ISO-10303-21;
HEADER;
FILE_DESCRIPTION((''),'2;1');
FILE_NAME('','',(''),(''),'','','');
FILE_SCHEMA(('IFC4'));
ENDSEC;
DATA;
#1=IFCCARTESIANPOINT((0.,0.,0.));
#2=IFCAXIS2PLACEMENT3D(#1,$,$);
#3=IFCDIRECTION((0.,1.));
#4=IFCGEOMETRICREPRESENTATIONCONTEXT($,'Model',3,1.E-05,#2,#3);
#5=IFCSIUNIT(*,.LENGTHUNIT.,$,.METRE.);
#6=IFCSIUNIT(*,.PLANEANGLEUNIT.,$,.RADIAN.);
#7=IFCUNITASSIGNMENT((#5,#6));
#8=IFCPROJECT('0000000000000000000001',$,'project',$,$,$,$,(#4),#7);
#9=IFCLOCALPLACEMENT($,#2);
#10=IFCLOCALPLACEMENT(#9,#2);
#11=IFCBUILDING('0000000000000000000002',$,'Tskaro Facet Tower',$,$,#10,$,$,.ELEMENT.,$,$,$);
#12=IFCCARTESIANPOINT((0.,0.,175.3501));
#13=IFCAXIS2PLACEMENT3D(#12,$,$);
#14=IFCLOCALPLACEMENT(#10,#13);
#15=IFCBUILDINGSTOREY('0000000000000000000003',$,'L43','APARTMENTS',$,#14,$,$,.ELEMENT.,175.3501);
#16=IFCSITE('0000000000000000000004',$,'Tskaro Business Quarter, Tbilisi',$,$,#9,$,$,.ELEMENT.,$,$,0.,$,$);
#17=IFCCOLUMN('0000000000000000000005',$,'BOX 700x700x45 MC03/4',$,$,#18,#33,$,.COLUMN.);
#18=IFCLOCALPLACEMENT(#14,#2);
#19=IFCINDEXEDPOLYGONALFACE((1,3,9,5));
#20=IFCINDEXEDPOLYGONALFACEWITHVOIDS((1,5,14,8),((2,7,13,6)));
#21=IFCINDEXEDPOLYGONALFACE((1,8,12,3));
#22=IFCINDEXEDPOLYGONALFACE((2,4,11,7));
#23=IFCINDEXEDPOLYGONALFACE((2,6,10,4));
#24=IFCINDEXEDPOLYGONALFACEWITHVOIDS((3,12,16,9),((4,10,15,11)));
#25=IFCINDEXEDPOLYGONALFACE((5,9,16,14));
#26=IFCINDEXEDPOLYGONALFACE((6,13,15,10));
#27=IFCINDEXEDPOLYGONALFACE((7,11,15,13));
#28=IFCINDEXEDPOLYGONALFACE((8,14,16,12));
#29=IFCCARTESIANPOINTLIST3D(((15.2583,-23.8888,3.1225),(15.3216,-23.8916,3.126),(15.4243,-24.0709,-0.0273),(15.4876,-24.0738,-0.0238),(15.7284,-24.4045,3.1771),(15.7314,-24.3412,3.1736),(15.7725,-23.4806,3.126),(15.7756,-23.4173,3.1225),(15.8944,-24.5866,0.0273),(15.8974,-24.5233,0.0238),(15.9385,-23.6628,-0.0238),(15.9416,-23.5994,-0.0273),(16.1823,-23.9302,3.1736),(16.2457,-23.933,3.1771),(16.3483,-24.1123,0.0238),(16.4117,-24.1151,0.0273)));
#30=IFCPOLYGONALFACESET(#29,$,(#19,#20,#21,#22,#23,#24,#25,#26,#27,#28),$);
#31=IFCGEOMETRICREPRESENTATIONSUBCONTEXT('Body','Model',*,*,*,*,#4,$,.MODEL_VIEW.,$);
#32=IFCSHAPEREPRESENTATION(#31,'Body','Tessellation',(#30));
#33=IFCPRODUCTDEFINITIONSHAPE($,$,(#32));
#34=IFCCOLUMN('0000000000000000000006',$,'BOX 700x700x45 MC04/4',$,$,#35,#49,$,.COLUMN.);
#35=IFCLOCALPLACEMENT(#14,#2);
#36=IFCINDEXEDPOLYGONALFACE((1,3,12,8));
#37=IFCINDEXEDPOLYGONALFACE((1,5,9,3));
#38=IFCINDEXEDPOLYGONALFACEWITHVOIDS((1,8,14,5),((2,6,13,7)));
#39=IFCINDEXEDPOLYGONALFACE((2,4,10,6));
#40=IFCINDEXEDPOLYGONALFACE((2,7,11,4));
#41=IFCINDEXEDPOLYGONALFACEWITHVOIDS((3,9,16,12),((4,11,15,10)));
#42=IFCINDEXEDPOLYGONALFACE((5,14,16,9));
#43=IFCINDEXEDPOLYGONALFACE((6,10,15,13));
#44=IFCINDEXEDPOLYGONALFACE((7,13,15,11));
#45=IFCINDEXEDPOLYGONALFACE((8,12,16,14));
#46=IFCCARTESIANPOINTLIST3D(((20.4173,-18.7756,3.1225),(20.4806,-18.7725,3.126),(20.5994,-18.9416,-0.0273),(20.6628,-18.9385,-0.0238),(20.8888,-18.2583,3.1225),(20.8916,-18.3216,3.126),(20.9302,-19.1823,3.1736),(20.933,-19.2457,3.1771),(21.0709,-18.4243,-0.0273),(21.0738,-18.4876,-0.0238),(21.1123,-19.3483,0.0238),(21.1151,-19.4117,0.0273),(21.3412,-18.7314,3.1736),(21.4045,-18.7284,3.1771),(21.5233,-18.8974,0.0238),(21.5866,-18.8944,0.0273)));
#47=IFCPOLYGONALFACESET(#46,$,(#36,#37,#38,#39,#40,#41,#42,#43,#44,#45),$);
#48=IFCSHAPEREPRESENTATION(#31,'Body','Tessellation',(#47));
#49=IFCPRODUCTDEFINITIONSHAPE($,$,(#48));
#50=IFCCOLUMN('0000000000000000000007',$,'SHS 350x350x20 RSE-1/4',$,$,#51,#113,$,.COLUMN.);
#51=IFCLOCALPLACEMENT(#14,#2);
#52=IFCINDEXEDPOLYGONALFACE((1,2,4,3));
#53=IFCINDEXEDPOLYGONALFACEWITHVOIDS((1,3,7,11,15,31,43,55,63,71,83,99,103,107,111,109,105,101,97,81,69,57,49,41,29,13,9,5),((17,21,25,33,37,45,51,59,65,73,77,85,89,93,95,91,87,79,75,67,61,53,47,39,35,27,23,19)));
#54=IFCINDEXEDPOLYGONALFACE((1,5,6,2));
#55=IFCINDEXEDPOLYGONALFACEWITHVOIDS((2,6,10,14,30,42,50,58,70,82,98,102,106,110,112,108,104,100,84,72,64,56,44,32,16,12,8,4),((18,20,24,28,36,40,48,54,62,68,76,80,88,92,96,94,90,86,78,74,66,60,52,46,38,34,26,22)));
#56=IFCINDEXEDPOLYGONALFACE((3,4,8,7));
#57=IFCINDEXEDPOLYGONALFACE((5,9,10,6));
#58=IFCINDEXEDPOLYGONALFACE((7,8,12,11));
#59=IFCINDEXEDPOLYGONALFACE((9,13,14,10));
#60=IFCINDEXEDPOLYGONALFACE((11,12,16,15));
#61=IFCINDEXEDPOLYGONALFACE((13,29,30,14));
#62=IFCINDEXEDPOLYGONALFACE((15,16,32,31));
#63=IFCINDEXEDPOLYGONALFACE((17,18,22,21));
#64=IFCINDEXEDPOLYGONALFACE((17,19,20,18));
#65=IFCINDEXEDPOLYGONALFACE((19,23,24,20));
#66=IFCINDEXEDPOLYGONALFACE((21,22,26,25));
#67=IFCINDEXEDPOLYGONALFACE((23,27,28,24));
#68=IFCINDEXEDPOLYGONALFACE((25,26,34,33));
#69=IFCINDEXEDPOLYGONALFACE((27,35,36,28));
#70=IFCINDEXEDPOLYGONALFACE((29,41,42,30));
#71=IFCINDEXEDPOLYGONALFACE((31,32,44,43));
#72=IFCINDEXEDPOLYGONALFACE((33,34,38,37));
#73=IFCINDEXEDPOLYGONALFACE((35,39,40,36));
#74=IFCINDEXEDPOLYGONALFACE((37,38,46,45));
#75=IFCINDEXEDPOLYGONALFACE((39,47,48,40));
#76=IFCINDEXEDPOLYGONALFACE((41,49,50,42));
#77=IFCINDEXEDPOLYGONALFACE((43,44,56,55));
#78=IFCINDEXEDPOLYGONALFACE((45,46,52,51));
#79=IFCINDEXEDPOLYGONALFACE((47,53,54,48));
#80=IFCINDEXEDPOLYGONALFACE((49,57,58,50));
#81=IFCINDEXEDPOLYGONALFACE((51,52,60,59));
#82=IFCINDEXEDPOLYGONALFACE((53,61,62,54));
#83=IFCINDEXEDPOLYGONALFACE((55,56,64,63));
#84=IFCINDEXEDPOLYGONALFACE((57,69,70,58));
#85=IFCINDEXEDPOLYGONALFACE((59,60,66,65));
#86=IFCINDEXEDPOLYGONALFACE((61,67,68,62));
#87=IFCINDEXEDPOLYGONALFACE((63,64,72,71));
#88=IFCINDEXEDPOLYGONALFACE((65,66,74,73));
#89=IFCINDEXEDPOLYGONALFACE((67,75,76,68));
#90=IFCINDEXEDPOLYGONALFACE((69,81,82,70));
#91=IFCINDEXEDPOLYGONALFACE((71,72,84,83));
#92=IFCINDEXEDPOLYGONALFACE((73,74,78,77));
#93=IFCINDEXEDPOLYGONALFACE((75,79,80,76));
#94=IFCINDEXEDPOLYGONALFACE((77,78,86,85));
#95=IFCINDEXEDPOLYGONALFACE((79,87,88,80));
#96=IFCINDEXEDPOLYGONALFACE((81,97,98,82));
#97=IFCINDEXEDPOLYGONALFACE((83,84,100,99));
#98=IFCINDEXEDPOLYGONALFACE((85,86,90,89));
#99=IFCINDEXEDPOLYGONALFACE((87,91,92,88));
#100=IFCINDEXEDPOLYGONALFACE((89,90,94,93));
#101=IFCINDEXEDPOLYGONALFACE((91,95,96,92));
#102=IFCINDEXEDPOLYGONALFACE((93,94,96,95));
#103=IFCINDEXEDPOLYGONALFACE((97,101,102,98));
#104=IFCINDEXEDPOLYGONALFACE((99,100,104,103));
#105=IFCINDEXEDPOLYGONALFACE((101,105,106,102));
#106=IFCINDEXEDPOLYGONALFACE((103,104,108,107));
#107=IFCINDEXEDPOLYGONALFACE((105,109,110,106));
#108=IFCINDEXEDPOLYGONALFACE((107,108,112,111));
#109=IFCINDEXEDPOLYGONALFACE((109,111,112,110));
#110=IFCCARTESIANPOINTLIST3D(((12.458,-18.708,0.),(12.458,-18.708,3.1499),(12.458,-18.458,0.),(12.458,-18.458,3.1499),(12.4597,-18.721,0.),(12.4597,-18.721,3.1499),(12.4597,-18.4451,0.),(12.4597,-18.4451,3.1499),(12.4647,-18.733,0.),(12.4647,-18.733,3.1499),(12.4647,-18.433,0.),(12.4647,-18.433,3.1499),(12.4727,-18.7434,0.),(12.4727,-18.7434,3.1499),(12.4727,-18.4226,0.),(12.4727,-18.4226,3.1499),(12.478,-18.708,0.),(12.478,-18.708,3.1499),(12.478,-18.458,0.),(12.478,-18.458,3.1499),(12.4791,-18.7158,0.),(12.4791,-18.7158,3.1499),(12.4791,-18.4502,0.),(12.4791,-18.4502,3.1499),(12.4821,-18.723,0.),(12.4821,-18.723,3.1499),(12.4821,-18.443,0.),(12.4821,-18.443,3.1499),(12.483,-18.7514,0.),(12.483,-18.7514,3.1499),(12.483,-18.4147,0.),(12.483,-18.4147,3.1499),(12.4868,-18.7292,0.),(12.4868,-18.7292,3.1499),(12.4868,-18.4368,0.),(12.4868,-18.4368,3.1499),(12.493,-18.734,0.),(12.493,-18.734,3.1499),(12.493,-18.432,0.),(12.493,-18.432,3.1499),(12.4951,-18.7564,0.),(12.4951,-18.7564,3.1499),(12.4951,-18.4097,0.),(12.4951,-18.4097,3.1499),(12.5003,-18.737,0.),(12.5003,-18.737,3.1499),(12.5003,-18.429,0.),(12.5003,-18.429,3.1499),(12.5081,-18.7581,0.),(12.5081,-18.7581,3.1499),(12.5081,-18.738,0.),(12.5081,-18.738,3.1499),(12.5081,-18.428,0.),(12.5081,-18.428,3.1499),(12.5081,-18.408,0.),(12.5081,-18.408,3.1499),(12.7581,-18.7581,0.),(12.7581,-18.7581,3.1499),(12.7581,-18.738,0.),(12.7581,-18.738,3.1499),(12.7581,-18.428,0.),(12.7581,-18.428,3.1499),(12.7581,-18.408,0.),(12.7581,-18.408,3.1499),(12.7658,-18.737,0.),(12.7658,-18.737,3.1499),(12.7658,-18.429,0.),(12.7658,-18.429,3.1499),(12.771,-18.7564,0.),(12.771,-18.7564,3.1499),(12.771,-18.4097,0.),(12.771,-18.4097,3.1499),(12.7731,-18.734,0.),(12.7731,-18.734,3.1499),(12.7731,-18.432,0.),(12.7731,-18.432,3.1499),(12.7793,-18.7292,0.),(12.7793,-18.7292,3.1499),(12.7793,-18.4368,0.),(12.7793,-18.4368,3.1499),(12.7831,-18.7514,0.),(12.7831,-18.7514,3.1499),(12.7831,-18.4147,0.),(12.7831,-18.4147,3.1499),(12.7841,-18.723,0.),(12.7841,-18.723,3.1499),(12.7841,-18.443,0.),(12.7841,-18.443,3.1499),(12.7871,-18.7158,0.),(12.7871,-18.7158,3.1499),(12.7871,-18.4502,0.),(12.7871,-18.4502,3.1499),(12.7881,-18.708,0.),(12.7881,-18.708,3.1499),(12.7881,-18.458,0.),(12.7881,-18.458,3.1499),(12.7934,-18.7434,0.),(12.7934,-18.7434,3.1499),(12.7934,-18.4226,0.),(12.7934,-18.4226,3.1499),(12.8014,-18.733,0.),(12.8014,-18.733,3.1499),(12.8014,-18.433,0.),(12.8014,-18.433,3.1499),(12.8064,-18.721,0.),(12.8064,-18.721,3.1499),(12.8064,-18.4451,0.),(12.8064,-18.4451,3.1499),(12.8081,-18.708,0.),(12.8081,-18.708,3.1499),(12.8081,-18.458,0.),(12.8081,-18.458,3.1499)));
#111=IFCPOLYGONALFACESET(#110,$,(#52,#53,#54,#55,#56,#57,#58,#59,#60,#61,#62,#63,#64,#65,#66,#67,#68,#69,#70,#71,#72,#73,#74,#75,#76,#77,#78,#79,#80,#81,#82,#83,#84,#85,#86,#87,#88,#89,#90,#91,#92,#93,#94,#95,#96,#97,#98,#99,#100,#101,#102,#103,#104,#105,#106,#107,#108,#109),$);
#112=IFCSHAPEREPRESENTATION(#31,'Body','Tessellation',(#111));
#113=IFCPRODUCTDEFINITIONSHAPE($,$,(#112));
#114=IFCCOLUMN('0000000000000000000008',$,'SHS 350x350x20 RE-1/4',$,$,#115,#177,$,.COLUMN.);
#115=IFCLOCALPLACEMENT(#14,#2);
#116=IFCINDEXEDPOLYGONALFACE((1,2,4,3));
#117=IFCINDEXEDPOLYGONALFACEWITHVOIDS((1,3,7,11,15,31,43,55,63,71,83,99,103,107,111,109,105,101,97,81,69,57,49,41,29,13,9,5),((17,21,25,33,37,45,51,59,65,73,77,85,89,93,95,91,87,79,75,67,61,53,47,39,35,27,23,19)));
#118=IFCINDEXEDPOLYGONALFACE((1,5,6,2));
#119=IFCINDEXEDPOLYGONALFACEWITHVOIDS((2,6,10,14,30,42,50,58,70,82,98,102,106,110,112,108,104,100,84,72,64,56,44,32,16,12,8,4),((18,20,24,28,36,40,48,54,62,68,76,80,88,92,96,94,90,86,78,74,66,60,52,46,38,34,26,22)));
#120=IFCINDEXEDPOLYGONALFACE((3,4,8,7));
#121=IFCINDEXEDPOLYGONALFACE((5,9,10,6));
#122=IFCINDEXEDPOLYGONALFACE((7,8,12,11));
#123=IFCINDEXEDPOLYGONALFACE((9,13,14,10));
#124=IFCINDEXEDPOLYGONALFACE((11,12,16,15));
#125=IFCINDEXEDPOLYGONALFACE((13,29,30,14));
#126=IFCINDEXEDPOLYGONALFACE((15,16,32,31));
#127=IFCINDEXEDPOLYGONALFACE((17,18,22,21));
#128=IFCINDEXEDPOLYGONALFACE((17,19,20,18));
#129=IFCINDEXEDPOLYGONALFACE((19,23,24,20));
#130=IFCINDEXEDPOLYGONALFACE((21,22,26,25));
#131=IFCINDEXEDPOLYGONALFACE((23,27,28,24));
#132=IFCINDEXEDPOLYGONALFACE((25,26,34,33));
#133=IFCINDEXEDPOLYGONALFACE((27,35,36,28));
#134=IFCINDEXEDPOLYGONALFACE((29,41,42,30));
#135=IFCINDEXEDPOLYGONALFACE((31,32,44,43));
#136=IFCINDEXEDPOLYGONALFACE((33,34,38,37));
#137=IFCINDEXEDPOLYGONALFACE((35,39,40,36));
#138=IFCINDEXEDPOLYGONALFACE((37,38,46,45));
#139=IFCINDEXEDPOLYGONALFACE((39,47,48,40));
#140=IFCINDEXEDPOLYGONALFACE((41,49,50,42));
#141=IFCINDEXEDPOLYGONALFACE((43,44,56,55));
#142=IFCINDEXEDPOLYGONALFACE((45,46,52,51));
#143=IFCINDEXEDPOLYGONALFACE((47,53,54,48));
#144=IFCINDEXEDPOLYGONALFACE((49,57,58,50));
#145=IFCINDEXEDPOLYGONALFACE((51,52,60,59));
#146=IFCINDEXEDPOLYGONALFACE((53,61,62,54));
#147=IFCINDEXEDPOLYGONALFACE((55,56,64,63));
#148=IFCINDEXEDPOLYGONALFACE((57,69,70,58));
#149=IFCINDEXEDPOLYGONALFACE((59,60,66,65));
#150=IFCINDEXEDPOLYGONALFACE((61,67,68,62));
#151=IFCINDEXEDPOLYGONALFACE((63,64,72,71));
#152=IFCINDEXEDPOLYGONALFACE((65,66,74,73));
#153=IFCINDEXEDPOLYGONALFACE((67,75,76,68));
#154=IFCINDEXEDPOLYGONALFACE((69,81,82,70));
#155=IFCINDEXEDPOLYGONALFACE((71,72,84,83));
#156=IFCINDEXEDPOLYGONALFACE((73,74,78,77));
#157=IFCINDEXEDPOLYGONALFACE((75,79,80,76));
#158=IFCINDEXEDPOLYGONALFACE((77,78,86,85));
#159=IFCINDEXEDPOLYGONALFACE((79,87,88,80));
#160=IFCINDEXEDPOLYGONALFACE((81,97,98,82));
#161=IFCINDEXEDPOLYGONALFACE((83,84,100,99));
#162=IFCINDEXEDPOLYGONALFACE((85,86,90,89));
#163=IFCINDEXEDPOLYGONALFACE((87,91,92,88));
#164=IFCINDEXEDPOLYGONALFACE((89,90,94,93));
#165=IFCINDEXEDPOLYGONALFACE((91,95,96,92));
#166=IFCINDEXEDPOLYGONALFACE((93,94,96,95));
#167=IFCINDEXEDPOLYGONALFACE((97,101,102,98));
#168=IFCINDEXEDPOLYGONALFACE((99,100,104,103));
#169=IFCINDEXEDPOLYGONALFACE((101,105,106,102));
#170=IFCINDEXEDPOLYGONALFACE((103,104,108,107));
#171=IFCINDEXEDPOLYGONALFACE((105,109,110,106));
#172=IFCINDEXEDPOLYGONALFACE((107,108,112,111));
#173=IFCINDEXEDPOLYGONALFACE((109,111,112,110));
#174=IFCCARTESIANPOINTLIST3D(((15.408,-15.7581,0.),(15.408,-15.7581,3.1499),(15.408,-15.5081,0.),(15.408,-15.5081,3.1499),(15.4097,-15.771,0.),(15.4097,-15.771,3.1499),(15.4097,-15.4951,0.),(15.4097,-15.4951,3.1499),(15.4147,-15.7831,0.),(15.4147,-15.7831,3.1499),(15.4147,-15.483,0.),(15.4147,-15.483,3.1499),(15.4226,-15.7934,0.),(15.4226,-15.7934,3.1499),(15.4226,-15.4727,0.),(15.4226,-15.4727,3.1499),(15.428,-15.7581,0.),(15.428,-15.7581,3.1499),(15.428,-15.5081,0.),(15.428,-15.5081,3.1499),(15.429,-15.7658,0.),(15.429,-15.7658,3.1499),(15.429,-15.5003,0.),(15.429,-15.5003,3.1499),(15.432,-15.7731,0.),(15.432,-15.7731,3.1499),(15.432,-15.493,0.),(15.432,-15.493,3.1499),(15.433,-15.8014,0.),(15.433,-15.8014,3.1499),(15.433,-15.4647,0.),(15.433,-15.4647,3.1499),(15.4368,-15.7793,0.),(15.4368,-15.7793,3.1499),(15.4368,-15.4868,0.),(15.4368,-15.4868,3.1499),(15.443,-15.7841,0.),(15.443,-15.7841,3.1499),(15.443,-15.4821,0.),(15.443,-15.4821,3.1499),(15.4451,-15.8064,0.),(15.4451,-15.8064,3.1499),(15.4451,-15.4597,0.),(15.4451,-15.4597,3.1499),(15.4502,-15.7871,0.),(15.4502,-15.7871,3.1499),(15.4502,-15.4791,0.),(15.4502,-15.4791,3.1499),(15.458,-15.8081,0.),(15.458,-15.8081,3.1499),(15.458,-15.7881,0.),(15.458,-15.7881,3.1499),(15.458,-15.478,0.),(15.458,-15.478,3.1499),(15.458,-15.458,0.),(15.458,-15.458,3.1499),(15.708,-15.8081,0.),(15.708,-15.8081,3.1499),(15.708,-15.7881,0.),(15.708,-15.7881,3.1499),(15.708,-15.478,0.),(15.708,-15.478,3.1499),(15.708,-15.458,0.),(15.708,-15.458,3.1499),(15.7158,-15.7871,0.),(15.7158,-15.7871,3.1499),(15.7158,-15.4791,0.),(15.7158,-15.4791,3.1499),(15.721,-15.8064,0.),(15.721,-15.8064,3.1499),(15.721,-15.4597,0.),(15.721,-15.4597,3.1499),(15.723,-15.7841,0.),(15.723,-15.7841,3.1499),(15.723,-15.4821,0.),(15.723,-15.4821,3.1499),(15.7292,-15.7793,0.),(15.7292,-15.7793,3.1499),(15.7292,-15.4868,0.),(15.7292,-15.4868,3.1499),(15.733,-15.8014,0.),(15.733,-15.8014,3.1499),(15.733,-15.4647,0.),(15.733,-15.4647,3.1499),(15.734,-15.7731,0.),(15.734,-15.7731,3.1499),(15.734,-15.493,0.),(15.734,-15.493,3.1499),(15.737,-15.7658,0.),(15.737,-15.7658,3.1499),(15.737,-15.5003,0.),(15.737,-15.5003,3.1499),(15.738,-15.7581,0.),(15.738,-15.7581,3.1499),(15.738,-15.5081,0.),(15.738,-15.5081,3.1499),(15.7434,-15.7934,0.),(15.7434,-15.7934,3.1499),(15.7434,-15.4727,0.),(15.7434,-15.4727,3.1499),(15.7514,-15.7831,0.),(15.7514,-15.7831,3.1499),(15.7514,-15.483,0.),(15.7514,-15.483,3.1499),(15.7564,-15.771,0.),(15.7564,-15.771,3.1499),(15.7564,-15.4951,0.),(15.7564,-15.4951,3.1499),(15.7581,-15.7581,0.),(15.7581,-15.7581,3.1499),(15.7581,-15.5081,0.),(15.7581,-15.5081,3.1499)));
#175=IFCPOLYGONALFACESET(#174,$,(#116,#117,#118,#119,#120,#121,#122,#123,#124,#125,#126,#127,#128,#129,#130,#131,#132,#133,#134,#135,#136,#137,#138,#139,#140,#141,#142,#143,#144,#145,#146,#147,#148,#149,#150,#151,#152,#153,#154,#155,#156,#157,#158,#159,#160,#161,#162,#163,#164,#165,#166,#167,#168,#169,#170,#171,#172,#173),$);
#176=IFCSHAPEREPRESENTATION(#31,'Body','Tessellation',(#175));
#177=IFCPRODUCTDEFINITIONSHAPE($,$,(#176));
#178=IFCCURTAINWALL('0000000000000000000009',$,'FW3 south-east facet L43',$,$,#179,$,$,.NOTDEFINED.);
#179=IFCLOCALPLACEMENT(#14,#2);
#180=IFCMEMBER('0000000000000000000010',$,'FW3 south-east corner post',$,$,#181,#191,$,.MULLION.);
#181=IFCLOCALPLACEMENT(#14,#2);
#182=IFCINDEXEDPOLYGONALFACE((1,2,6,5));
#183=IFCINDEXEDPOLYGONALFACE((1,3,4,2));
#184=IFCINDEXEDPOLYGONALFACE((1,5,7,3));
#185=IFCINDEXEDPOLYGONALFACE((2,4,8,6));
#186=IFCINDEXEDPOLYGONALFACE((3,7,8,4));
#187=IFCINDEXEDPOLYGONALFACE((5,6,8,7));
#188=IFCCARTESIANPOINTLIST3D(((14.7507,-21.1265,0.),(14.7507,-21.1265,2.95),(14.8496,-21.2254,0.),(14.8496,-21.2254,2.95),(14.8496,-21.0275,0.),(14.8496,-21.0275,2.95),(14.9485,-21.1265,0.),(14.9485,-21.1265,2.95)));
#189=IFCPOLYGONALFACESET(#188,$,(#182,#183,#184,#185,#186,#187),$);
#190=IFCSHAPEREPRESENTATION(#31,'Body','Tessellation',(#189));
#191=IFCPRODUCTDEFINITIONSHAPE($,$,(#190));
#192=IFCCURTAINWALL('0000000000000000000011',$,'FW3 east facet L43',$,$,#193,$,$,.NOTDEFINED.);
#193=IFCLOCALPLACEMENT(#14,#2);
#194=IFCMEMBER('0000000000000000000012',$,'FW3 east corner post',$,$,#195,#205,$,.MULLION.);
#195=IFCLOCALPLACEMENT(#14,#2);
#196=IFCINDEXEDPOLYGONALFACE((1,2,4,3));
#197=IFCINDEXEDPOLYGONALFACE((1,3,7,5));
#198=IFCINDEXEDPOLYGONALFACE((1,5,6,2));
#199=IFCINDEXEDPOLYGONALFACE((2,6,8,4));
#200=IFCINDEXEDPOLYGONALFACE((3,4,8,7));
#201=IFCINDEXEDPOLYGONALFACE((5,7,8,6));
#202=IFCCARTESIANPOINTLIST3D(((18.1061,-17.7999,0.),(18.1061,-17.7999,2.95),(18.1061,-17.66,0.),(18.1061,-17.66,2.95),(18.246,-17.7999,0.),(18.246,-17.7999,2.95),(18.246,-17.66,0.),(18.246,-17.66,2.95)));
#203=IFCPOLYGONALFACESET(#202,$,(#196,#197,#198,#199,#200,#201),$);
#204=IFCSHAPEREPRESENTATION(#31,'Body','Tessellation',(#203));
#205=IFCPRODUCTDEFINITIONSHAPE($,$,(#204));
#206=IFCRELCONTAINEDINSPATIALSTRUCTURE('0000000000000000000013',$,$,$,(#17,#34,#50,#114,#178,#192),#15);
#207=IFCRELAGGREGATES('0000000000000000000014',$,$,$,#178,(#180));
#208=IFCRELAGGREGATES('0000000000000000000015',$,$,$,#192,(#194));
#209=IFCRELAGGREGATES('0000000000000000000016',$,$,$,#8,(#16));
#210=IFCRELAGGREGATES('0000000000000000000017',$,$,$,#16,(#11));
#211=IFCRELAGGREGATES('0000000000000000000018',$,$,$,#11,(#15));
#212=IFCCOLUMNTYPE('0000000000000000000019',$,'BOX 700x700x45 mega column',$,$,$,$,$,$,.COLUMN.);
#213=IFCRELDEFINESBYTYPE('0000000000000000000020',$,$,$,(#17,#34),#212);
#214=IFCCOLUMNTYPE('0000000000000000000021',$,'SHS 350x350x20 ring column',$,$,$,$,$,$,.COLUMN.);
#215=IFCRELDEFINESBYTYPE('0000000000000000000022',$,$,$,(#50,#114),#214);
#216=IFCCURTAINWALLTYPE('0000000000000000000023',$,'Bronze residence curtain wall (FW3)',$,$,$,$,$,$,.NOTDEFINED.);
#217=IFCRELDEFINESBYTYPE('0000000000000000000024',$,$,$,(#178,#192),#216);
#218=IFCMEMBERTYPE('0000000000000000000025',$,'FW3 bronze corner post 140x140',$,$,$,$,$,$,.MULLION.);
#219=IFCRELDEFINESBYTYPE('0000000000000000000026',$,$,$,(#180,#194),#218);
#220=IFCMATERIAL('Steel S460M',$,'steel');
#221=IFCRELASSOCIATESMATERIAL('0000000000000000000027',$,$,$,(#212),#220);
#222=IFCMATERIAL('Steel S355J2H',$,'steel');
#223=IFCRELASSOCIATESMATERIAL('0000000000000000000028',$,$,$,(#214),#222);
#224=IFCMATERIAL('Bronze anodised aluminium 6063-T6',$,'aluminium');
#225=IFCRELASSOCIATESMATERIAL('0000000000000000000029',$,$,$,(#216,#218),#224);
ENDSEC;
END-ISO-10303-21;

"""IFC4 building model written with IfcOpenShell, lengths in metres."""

from ifc_helpers import new_model, si_unit, direction, frame, origin, origin_2d, place, context, subcontext, project, spatial, rectangle, hollow_rectangle, extrude, material, material_profile, profile_set, type_object, element, aggregate, save


model = new_model("IFC4")

# Units and contexts
model_context = context("Model", 3, precision=1e-05, world=origin(), true_north=direction((0.0, 1.0)))
body_context = subcontext(model_context, "Body", "Model", "MODEL_VIEW")
ifc_project = project(units=[si_unit("LENGTHUNIT", "METRE"), si_unit("PLANEANGLEUNIT", "RADIAN")], contexts=[model_context])

# Site, building, storey
site_placement = place(None, origin())
site = spatial("IfcSite", under=ifc_project, at=site_placement, Name="Tskaro Business Quarter, Tbilisi", CompositionType="ELEMENT", RefElevation=0.0)
building_placement = place(site_placement, origin())
building = spatial("IfcBuilding", under=site, at=building_placement, Name="Tskaro Facet Tower", CompositionType="ELEMENT")
storey_placement = place(building_placement, frame((0.0, 0.0, 175.3501)))
storey = spatial("IfcBuildingStorey", under=building, at=storey_placement, Name="L43", Description="APARTMENTS", CompositionType="ELEMENT", Elevation=175.3501)

# Columns
ifc_material_1 = material(Name="Steel S460M", Category="steel")
ifc_material_profile_1 = material_profile(ifc_material_1, hollow_rectangle(XDim=0.7, YDim=0.7, WallThickness=0.0449, at=origin_2d()), Name="BOX 700x700x45")
ifc_profile_set_1 = profile_set([ifc_material_profile_1], Name="Steel S460M")
column_type_1 = type_object("IfcColumnType", Name="BOX 700x700x45 mega column", PredefinedType="COLUMN", material=ifc_profile_set_1)
for number, where, z_axis, x_axis, name in (
    (1, (15.918, -24.093, 0.0), (-0.052544, 0.057644, 0.996953), (-0.739043, -0.673658, 0.0), "BOX 700x700x45 MC03/4"),
    (2, (21.093, -18.918, 0.0), (-0.057644, 0.052544, 0.996953), (-0.673658, -0.739043, 0.0), "BOX 700x700x45 MC04/4"),
):
    element("IfcColumn", number, at=place(storey_placement, frame(where, z_axis=z_axis, x_axis=x_axis)), inside=storey, type_object=column_type_1, Name=name, PredefinedType="COLUMN", context=body_context, shape_type="SweptSolid", body=[
        extrude(hollow_rectangle(XDim=0.7, YDim=0.7, WallThickness=0.0449, at=origin_2d()), origin(), (0.0, 0.0, 1.0), 3.1594),
    ])
ifc_material_2 = material(Name="Steel S355J2H", Category="steel")
ifc_material_profile_2 = material_profile(ifc_material_2, hollow_rectangle(XDim=0.3501, YDim=0.3501, WallThickness=0.02, InnerFilletRadius=0.03, OuterFilletRadius=0.05, at=origin_2d()), Name="SHS 350x350x20")
ifc_profile_set_2 = profile_set([ifc_material_profile_2], Name="Steel S355J2H")
column_type_2 = type_object("IfcColumnType", Name="SHS 350x350x20 ring column", PredefinedType="COLUMN", material=ifc_profile_set_2)
for number, where, z_axis, x_axis, name in (
    (3, (12.6331, -18.583, 0.0), (0.0, 0.0, 1.0), (1.0, 0.0, 0.0), "SHS 350x350x20 RSE-1/4"),
    (4, (15.583, -15.6331, 0.0), (0.0, 0.0, 1.0), (1.0, 0.0, 0.0), "SHS 350x350x20 RE-1/4"),
):
    element("IfcColumn", number, at=place(storey_placement, frame(where, z_axis=z_axis, x_axis=x_axis)), inside=storey, type_object=column_type_2, Name=name, PredefinedType="COLUMN", context=body_context, shape_type="SweptSolid", body=[
        extrude(hollow_rectangle(XDim=0.3501, YDim=0.3501, WallThickness=0.02, InnerFilletRadius=0.03, OuterFilletRadius=0.05, at=origin_2d()), origin(), (0.0, 0.0, 1.0), 3.1499),
    ])

# Curtain wall, member
ifc_material_3 = material(Name="Bronze anodised aluminium 6063-T6", Category="aluminium")
curtain_wall_type = type_object("IfcCurtainWallType", Name="Bronze residence curtain wall (FW3)", PredefinedType="NOTDEFINED", material=ifc_material_3)
curtain_wall_1_placement = place(storey_placement, origin())
curtain_wall_1 = element("IfcCurtainWall", 5, at=curtain_wall_1_placement, inside=storey, type_object=curtain_wall_type, Name="FW3 south-east facet L43", PredefinedType="NOTDEFINED")
ifc_material_profile_3 = material_profile(ifc_material_3, rectangle(XDim=0.1399, YDim=0.1399, at=origin_2d()), Name="Corner post 140x140")
ifc_profile_set_3 = profile_set([ifc_material_profile_3], Name="Bronze anodised aluminium 6063-T6")
member_type_1 = type_object("IfcMemberType", Name="FW3 bronze corner post 140x140", PredefinedType="MULLION", material=ifc_profile_set_3)
member_1_placement = place(storey_placement, frame((14.8496, -21.1265, 0.0), z_axis=(0.0, 0.0, 1.0), x_axis=(0.707107, 0.707107, 0.0)))
member_1 = element("IfcMember", 6, at=member_1_placement, type_object=member_type_1, Name="FW3 south-east corner post", PredefinedType="MULLION", context=body_context, shape_type="SweptSolid", body=[
    extrude(rectangle(XDim=0.1399, YDim=0.1399, at=origin_2d()), origin(), (0.0, 0.0, 1.0), 2.95),
])

# Curtain wall, member
curtain_wall_2_placement = place(storey_placement, origin())
curtain_wall_2 = element("IfcCurtainWall", 7, at=curtain_wall_2_placement, inside=storey, type_object=curtain_wall_type, Name="FW3 east facet L43", PredefinedType="NOTDEFINED")
member_2_placement = place(storey_placement, frame((18.176, -17.73, 0.0), z_axis=(0.0, 0.0, 1.0), x_axis=(0.0, 1.0, 0.0)))
member_2 = element("IfcMember", 8, at=member_2_placement, type_object=member_type_1, Name="FW3 east corner post", PredefinedType="MULLION", context=body_context, shape_type="SweptSolid", body=[
    extrude(rectangle(XDim=0.1399, YDim=0.1399, at=origin_2d()), origin(), (0.0, 0.0, 1.0), 2.95),
])

aggregate(curtain_wall_1, [member_1])
aggregate(curtain_wall_2, [member_2])

save(model, "model.ifc")
